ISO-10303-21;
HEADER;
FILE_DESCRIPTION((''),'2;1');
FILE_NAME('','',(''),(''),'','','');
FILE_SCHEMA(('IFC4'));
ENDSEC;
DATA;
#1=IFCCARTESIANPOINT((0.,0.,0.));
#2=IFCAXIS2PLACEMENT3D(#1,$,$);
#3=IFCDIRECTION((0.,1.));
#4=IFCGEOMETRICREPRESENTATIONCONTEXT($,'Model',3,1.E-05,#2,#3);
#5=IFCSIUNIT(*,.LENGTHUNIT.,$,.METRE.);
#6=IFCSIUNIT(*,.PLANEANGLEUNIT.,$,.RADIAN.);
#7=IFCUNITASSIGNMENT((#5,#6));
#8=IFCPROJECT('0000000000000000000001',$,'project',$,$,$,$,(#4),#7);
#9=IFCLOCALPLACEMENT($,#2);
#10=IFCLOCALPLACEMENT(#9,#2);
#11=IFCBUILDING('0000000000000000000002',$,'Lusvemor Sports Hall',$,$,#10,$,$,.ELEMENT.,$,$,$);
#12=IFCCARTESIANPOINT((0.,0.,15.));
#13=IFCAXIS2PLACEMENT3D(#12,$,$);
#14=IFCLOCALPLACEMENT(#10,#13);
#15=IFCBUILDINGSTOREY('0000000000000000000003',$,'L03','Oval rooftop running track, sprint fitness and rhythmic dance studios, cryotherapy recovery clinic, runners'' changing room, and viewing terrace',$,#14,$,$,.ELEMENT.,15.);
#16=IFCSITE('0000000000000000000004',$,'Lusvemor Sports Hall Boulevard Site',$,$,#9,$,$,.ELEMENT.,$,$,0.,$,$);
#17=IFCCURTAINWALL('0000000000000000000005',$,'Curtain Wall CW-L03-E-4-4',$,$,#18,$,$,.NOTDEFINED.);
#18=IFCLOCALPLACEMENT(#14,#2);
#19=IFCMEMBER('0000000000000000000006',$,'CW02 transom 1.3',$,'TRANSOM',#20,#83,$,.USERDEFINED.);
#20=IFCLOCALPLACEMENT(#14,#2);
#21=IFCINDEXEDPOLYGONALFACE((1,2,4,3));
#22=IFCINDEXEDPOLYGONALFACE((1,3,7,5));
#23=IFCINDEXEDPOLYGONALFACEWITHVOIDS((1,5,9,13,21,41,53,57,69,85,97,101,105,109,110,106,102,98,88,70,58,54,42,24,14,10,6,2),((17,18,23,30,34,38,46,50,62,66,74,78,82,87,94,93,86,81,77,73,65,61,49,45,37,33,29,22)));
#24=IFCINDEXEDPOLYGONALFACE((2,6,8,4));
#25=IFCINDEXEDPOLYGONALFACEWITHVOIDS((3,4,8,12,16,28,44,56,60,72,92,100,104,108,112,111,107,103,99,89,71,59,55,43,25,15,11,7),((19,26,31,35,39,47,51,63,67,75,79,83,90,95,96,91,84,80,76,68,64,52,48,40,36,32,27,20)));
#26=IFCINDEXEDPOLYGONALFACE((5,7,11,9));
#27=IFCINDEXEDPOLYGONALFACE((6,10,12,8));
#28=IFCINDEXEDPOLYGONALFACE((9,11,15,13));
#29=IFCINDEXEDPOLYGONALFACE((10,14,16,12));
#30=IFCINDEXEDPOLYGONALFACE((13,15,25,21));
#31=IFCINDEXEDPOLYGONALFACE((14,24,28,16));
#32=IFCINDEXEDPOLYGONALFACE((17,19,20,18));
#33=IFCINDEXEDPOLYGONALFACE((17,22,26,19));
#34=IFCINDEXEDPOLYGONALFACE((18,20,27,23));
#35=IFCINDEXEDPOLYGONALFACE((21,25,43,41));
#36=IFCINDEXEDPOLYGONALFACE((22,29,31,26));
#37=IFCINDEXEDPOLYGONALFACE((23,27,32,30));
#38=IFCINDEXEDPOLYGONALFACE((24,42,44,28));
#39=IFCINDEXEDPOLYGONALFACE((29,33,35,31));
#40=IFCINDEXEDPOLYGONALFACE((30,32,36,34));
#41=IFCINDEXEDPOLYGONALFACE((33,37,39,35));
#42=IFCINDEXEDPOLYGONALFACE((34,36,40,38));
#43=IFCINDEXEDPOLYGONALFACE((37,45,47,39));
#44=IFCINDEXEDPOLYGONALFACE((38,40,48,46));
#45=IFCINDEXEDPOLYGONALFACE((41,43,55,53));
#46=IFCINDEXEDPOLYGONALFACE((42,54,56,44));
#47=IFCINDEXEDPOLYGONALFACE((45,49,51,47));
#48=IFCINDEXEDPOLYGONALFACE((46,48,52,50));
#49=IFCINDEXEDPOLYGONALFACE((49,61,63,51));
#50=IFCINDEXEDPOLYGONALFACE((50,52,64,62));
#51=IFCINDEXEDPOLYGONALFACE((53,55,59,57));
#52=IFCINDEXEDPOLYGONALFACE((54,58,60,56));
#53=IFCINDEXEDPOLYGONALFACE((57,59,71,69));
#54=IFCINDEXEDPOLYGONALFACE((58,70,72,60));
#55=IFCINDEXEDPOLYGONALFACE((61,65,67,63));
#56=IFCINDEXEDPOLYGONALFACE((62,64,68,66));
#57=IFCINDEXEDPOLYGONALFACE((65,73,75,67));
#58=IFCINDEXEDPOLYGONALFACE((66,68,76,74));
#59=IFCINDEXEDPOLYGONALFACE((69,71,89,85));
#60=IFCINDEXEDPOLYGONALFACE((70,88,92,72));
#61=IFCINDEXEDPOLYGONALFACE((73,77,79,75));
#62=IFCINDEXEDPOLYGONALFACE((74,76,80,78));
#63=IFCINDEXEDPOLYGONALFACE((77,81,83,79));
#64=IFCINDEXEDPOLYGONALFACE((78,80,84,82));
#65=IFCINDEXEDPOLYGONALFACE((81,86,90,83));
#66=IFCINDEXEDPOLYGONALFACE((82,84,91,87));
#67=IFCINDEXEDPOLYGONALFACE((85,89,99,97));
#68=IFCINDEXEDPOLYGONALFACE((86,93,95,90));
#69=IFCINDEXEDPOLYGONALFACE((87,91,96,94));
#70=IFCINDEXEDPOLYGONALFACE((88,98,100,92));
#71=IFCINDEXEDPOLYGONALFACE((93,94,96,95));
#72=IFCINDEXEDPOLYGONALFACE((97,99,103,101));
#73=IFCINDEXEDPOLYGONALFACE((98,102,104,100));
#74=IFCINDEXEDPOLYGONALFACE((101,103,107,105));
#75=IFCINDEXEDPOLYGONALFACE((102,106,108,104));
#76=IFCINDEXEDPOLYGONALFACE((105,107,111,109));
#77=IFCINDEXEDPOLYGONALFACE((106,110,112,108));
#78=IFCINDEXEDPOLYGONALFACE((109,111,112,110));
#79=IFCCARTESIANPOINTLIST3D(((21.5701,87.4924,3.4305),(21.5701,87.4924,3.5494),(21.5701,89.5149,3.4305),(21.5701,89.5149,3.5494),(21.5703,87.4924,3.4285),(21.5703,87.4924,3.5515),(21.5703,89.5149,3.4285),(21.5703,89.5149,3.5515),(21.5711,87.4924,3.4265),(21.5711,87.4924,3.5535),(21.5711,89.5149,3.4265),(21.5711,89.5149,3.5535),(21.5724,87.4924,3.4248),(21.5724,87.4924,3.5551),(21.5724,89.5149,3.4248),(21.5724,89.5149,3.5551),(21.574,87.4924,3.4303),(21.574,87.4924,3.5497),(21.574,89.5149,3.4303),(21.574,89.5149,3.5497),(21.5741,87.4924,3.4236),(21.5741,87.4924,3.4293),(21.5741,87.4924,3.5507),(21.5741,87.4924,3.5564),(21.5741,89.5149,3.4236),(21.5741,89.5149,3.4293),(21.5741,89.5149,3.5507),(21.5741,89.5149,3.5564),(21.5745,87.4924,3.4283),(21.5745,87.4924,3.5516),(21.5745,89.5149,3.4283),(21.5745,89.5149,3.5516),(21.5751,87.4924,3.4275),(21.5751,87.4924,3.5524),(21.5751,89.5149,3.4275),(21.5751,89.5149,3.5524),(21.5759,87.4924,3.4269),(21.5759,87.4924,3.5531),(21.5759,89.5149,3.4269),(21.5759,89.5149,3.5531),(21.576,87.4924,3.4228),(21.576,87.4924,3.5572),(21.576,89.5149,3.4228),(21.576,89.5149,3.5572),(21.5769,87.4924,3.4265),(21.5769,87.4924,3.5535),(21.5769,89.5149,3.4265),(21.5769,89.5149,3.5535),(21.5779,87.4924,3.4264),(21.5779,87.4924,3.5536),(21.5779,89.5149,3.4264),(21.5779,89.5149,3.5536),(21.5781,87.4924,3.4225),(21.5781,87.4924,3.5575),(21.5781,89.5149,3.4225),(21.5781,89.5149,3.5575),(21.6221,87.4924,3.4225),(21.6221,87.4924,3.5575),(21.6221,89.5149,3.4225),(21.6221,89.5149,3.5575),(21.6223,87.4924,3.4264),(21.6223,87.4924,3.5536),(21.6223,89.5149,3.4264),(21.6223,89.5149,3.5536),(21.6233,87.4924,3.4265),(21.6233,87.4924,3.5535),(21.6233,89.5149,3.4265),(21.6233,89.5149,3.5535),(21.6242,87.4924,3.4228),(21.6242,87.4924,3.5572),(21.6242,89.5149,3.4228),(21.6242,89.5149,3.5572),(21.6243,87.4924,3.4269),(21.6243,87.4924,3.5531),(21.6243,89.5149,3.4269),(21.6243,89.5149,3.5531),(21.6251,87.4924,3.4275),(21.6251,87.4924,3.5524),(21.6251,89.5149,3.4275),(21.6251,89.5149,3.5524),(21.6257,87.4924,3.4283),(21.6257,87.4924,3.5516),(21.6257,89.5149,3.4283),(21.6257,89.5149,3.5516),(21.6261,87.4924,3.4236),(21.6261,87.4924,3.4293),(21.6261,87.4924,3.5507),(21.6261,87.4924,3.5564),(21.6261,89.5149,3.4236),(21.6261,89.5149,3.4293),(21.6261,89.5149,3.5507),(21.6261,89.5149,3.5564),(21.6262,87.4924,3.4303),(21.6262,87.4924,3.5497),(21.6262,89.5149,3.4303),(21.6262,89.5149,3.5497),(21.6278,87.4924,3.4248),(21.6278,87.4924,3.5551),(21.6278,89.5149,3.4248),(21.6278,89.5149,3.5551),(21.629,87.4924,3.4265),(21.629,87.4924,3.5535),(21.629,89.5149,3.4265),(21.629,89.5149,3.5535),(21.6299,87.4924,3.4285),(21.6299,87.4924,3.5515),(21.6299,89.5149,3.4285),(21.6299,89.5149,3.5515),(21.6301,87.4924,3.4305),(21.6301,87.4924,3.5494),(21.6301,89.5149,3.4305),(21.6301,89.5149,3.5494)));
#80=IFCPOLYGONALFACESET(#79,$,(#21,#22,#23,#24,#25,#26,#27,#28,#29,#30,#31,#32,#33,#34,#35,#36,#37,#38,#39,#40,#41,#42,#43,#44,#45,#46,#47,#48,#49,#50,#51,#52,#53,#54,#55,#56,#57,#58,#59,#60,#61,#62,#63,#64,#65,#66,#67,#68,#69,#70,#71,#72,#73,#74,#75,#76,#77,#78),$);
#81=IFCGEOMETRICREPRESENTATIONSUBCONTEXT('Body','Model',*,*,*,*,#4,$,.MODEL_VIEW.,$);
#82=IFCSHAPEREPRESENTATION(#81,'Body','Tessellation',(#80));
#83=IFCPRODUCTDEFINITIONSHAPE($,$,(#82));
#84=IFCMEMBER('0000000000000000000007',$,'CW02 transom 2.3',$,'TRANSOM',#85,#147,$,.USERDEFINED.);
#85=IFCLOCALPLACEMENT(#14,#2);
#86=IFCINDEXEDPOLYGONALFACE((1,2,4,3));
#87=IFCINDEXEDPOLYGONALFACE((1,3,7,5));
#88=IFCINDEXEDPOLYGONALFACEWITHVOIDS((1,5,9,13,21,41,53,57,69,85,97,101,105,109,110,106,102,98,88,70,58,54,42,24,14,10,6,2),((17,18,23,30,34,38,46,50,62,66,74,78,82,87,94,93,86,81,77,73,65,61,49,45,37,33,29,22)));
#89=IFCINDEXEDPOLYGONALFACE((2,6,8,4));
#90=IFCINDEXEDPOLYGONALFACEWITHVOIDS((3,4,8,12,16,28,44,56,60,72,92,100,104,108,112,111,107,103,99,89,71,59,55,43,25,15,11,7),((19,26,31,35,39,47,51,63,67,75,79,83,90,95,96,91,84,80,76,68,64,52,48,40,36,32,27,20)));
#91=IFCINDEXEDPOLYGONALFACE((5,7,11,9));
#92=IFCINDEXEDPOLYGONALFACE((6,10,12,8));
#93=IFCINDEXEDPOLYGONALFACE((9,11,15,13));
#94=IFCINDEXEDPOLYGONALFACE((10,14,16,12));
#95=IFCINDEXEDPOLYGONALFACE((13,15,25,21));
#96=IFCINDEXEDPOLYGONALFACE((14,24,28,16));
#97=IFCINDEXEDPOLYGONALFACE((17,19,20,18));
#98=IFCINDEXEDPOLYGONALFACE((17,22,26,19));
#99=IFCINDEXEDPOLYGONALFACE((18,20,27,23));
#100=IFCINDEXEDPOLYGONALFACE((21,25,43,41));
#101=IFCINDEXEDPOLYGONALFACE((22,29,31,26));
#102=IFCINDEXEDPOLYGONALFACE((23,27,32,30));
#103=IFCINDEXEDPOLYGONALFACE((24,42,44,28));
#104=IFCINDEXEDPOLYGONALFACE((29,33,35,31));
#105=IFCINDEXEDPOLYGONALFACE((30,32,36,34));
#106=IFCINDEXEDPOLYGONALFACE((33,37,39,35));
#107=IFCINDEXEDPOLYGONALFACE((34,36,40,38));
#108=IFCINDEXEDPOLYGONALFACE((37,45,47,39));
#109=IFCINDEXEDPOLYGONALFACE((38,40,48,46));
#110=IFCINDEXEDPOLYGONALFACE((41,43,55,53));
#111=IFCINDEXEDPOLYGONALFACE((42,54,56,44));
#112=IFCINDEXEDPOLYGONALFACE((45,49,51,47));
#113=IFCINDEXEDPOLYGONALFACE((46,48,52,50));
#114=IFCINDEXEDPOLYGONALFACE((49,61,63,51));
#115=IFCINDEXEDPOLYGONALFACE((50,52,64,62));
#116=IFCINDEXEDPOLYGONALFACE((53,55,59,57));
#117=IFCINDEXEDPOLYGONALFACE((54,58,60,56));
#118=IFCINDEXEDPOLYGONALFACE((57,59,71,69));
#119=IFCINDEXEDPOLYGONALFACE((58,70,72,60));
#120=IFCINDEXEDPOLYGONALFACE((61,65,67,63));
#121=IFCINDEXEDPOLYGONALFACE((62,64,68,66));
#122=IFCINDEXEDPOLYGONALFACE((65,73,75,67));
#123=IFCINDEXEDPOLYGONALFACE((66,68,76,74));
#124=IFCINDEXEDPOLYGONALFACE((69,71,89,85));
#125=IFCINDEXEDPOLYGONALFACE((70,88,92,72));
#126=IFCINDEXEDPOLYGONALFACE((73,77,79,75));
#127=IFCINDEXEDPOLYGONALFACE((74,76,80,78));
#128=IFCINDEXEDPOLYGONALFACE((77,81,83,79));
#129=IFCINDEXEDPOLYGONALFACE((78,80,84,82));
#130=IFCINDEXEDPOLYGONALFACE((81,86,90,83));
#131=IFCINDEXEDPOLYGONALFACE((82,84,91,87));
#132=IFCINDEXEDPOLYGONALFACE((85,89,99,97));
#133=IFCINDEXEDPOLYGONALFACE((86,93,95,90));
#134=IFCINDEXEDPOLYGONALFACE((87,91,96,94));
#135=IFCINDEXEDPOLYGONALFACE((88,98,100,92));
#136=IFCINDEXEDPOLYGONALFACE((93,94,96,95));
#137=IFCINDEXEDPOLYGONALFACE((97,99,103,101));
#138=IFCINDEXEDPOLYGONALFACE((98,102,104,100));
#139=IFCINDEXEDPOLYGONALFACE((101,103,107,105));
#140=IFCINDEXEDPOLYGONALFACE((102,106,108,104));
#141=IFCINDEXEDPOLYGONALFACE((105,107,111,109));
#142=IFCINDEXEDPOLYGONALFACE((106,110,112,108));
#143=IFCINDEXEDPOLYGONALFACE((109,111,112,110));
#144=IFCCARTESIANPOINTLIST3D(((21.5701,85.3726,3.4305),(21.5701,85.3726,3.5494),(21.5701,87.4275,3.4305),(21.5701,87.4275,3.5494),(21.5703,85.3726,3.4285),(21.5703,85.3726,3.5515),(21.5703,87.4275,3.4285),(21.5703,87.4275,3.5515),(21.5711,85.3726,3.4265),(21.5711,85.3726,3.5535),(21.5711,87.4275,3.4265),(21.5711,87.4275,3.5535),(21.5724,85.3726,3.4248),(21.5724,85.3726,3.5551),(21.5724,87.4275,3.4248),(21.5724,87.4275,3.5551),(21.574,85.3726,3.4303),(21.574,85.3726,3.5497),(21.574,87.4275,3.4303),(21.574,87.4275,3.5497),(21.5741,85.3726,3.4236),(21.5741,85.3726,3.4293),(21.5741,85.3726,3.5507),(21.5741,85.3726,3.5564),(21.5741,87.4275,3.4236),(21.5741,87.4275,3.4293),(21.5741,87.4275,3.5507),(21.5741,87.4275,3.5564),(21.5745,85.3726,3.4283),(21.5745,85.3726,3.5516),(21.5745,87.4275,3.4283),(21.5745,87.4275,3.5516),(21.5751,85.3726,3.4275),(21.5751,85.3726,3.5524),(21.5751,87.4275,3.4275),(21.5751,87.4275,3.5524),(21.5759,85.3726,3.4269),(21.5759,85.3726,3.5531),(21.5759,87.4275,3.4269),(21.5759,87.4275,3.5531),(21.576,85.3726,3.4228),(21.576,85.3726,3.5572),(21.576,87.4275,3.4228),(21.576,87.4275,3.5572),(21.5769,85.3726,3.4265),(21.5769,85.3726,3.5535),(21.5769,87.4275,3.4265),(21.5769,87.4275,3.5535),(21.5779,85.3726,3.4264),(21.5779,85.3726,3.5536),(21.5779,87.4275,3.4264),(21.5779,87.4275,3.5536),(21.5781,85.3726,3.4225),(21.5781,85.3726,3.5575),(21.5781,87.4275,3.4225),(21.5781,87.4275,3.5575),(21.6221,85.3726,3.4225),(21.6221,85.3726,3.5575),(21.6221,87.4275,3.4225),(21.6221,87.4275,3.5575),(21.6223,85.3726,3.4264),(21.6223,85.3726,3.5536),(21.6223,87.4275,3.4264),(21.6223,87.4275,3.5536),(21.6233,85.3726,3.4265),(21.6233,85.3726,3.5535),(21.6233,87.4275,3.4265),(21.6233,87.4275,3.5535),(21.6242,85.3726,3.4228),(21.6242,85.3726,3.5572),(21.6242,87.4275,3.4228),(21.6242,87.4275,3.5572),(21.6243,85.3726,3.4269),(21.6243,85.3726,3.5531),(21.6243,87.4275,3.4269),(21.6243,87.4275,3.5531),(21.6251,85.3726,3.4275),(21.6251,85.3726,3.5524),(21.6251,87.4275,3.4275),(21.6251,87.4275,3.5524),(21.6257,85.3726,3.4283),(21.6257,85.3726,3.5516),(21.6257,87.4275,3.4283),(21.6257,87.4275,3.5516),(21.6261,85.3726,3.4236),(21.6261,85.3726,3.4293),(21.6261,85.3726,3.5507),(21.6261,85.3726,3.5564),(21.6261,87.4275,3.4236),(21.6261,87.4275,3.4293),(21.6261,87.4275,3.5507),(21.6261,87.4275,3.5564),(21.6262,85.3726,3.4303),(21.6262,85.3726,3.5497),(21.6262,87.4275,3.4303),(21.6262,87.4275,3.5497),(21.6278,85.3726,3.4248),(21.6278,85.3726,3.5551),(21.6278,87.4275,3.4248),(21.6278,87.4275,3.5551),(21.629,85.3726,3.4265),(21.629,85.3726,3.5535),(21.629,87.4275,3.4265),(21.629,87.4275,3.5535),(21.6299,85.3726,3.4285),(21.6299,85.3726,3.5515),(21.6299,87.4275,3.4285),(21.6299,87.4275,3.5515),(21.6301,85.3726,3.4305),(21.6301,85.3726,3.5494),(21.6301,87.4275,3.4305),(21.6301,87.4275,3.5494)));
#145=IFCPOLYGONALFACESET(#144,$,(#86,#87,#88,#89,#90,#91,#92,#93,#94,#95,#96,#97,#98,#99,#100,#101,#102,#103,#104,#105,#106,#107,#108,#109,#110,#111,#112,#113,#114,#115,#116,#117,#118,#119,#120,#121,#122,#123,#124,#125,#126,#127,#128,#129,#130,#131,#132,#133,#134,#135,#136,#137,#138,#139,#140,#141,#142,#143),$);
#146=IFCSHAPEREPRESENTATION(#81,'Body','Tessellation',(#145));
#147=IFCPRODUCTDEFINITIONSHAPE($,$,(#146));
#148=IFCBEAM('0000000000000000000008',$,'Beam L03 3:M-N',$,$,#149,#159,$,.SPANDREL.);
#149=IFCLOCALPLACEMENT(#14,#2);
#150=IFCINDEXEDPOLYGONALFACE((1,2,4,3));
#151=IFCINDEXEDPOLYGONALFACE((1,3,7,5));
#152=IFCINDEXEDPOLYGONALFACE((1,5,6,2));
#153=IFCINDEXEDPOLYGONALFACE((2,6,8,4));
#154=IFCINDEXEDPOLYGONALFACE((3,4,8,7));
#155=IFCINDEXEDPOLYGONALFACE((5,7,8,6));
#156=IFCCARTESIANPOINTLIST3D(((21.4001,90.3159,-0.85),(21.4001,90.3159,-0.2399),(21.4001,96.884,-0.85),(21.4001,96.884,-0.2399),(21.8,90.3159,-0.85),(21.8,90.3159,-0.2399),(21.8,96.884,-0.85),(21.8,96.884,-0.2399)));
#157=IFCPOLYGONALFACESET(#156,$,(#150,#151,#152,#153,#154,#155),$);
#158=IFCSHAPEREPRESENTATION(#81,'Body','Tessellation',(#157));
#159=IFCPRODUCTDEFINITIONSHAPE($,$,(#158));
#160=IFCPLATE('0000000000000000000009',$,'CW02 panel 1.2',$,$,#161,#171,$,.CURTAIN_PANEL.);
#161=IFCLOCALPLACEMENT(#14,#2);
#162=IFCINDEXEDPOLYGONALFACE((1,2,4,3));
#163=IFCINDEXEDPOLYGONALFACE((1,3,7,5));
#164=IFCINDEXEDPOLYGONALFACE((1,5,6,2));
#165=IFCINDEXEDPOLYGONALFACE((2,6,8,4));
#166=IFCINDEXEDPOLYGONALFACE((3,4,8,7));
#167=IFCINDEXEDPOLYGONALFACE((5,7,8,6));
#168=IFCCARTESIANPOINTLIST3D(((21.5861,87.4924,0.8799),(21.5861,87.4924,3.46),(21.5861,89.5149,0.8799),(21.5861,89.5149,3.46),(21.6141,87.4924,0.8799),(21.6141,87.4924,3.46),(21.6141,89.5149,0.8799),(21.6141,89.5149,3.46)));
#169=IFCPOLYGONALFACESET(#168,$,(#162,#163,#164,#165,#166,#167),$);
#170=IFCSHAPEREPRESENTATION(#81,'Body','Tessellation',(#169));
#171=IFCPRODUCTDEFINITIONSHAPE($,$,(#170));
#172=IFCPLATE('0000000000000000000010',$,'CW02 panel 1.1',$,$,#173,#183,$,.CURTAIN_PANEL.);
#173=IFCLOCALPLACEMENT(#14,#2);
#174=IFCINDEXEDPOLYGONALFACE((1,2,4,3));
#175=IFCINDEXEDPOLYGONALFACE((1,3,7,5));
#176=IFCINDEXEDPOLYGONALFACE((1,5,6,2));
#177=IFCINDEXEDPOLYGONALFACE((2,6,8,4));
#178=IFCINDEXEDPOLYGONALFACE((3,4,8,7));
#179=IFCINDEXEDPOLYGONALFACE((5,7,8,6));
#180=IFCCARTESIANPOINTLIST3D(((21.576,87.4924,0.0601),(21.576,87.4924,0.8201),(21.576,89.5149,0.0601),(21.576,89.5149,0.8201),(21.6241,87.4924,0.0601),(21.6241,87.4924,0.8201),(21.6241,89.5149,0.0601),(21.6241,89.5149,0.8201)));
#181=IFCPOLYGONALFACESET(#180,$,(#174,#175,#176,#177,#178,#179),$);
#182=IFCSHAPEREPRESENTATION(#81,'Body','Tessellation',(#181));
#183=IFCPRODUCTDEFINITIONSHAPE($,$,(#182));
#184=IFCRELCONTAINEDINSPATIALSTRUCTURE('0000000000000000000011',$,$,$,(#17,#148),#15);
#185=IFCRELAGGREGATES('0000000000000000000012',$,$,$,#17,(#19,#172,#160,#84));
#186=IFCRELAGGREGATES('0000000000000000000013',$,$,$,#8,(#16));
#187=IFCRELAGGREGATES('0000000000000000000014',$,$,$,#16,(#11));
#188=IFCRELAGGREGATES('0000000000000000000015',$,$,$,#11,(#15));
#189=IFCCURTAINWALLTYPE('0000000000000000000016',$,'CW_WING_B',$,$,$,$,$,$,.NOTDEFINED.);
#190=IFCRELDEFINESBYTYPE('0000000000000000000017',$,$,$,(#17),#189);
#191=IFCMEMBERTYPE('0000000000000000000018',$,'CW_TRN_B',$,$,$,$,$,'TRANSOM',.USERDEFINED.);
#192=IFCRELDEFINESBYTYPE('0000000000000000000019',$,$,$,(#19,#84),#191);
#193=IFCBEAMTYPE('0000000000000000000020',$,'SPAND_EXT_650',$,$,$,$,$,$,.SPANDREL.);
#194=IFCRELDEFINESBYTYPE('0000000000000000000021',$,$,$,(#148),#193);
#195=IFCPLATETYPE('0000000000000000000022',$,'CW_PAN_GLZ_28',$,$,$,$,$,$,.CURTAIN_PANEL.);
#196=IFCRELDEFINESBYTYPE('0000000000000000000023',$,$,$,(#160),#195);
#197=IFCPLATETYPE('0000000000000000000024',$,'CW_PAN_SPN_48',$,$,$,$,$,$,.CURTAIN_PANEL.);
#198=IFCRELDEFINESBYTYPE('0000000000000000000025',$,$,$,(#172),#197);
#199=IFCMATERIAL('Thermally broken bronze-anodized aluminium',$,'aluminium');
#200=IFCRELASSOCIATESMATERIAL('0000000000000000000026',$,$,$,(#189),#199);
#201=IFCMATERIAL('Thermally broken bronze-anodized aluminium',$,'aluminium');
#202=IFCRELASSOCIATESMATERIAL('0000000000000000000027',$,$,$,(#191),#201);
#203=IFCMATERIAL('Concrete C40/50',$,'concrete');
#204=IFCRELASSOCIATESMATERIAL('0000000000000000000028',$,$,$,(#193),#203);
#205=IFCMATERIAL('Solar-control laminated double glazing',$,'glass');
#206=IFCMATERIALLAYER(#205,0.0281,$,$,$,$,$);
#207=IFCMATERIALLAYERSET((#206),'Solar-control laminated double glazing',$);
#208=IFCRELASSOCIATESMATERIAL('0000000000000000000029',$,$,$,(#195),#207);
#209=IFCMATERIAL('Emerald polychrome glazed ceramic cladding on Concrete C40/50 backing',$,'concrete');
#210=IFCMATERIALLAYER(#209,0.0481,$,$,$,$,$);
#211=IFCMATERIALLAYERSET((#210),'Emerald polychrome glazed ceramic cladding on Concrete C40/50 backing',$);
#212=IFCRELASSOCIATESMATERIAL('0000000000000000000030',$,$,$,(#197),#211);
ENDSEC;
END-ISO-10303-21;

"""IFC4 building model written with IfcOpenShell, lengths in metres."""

from ifc_helpers import new_model, si_unit, direction, frame, origin, origin_2d, place, context, subcontext, project, spatial, rectangle, hollow_rectangle, extrude, material, layer, layer_set, material_profile, profile_set, type_object, element, aggregate, save


model = new_model("IFC4")

# Units and contexts
model_context = context("Model", 3, precision=1e-05, world=origin(), true_north=direction((0.0, 1.0)))
body_context = subcontext(model_context, "Body", "Model", "MODEL_VIEW")
ifc_project = project(units=[si_unit("LENGTHUNIT", "METRE"), si_unit("PLANEANGLEUNIT", "RADIAN")], contexts=[model_context])

# Site, building, storey
site_placement = place(None, origin())
site = spatial("IfcSite", under=ifc_project, at=site_placement, Name="Lusvemor Sports Hall Boulevard Site", CompositionType="ELEMENT", RefElevation=0.0)
building_placement = place(site_placement, origin())
building = spatial("IfcBuilding", under=site, at=building_placement, Name="Lusvemor Sports Hall", CompositionType="ELEMENT")
storey_placement = place(building_placement, frame((0.0, 0.0, 15.0)))
storey = spatial("IfcBuildingStorey", under=building, at=storey_placement, Name="L03", Description="Oval rooftop running track, sprint fitness and rhythmic dance studios, cryotherapy recovery clinic, runners' changing room, and viewing terrace", CompositionType="ELEMENT", Elevation=15.0)

# Curtain wall, members
ifc_material_1 = material(Name="Thermally broken bronze-anodized aluminium", Category="aluminium")
curtain_wall_type = type_object("IfcCurtainWallType", Name="CW_WING_B", PredefinedType="NOTDEFINED", material=ifc_material_1)
curtain_wall_placement = place(storey_placement, origin())
curtain_wall = element("IfcCurtainWall", 1, at=curtain_wall_placement, inside=storey, type_object=curtain_wall_type, Name="Curtain Wall CW-L03-E-4-4", PredefinedType="NOTDEFINED")
ifc_material_2 = material(Name="Thermally broken bronze-anodized aluminium", Category="aluminium")
ifc_material_profile_1 = material_profile(ifc_material_2, hollow_rectangle(XDim=0.0601, YDim=0.135, WallThickness=0.0039, InnerFilletRadius=0.0039, OuterFilletRadius=0.0081, at=origin_2d()), Name="CWTRN135x60x4")
ifc_profile_set_1 = profile_set([ifc_material_profile_1], Name="Thermally broken bronze-anodized aluminium")
member_type_1 = type_object("IfcMemberType", Name="CW_TRN_B", ElementType="TRANSOM", PredefinedType="USERDEFINED", material=ifc_profile_set_1)
member_1_placement = place(storey_placement, frame((21.6001, 89.5149, 3.49), z_axis=(0.0, -1.0, 0.0), x_axis=(1.0, 0.0, 0.0)))
member_1 = element("IfcMember", 2, at=member_1_placement, type_object=member_type_1, Name="CW02 transom 1.3", ObjectType="TRANSOM", PredefinedType="USERDEFINED", context=body_context, shape_type="SweptSolid", body=[
    extrude(hollow_rectangle(XDim=0.0601, YDim=0.135, WallThickness=0.0039, InnerFilletRadius=0.0039, OuterFilletRadius=0.0081, at=origin_2d()), origin(), (0.0, 0.0, 1.0), 2.0225),
])
member_2_placement = place(storey_placement, frame((21.6001, 87.4275, 3.49), z_axis=(0.0, -1.0, 0.0), x_axis=(1.0, 0.0, 0.0)))
member_2 = element("IfcMember", 3, at=member_2_placement, type_object=member_type_1, Name="CW02 transom 2.3", ObjectType="TRANSOM", PredefinedType="USERDEFINED", context=body_context, shape_type="SweptSolid", body=[
    extrude(hollow_rectangle(XDim=0.0601, YDim=0.135, WallThickness=0.0039, InnerFilletRadius=0.0039, OuterFilletRadius=0.0081, at=origin_2d()), origin(), (0.0, 0.0, 1.0), 2.0549),
])

# Beam
ifc_material_3 = material(Name="Concrete C40/50", Category="concrete")
ifc_material_profile_2 = material_profile(ifc_material_3, rectangle(XDim=0.3999, YDim=0.6101, at=origin_2d()), Name="RC400x610")
ifc_profile_set_2 = profile_set([ifc_material_profile_2], Name="Concrete C40/50")
beam_type = type_object("IfcBeamType", Name="SPAND_EXT_650", PredefinedType="SPANDREL", material=ifc_profile_set_2)
beam_placement = place(storey_placement, frame((21.6001, 90.3159, -0.5449), z_axis=(0.0, 1.0, 0.0), x_axis=(-1.0, 0.0, 0.0)))
element("IfcBeam", 4, at=beam_placement, inside=storey, type_object=beam_type, Name="Beam L03 3:M-N", PredefinedType="SPANDREL", context=body_context, shape_type="SweptSolid", body=[
    extrude(rectangle(XDim=0.3999, YDim=0.6101, at=origin_2d()), origin(), (0.0, 0.0, 1.0), 6.5681),
])

# Plates
ifc_material_4 = material(Name="Solar-control laminated double glazing", Category="glass")
ifc_layer_1 = layer(ifc_material_4, 0.0281)
ifc_layer_set_1 = layer_set([ifc_layer_1], Name="Solar-control laminated double glazing")
plate_type_1 = type_object("IfcPlateType", Name="CW_PAN_GLZ_28", PredefinedType="CURTAIN_PANEL", material=ifc_layer_set_1)
plate_1_placement = place(storey_placement, frame((21.6001, 88.5037, 0.8799), z_axis=(0.0, 0.0, 1.0), x_axis=(0.0, -1.0, 0.0)))
plate_1 = element("IfcPlate", 5, at=plate_1_placement, type_object=plate_type_1, Name="CW02 panel 1.2", PredefinedType="CURTAIN_PANEL", context=body_context, shape_type="SweptSolid", body=[
    extrude(rectangle(XDim=2.0225, YDim=0.0281, at=origin_2d()), origin(), (0.0, 0.0, 1.0), 2.5801),
])
ifc_material_5 = material(Name="Emerald polychrome glazed ceramic cladding on Concrete C40/50 backing", Category="concrete")
ifc_layer_2 = layer(ifc_material_5, 0.0481)
ifc_layer_set_2 = layer_set([ifc_layer_2], Name="Emerald polychrome glazed ceramic cladding on Concrete C40/50 backing")
plate_type_2 = type_object("IfcPlateType", Name="CW_PAN_SPN_48", PredefinedType="CURTAIN_PANEL", material=ifc_layer_set_2)
plate_2_placement = place(storey_placement, frame((21.6001, 88.5037, 0.0601), z_axis=(0.0, 0.0, 1.0), x_axis=(0.0, -1.0, 0.0)))
plate_2 = element("IfcPlate", 6, at=plate_2_placement, type_object=plate_type_2, Name="CW02 panel 1.1", PredefinedType="CURTAIN_PANEL", context=body_context, shape_type="SweptSolid", body=[
    extrude(rectangle(XDim=2.0225, YDim=0.0481, at=origin_2d()), origin(), (0.0, 0.0, 1.0), 0.76),
])
aggregate(curtain_wall, [member_1, plate_2, plate_1, member_2])

save(model, "model.ifc")
